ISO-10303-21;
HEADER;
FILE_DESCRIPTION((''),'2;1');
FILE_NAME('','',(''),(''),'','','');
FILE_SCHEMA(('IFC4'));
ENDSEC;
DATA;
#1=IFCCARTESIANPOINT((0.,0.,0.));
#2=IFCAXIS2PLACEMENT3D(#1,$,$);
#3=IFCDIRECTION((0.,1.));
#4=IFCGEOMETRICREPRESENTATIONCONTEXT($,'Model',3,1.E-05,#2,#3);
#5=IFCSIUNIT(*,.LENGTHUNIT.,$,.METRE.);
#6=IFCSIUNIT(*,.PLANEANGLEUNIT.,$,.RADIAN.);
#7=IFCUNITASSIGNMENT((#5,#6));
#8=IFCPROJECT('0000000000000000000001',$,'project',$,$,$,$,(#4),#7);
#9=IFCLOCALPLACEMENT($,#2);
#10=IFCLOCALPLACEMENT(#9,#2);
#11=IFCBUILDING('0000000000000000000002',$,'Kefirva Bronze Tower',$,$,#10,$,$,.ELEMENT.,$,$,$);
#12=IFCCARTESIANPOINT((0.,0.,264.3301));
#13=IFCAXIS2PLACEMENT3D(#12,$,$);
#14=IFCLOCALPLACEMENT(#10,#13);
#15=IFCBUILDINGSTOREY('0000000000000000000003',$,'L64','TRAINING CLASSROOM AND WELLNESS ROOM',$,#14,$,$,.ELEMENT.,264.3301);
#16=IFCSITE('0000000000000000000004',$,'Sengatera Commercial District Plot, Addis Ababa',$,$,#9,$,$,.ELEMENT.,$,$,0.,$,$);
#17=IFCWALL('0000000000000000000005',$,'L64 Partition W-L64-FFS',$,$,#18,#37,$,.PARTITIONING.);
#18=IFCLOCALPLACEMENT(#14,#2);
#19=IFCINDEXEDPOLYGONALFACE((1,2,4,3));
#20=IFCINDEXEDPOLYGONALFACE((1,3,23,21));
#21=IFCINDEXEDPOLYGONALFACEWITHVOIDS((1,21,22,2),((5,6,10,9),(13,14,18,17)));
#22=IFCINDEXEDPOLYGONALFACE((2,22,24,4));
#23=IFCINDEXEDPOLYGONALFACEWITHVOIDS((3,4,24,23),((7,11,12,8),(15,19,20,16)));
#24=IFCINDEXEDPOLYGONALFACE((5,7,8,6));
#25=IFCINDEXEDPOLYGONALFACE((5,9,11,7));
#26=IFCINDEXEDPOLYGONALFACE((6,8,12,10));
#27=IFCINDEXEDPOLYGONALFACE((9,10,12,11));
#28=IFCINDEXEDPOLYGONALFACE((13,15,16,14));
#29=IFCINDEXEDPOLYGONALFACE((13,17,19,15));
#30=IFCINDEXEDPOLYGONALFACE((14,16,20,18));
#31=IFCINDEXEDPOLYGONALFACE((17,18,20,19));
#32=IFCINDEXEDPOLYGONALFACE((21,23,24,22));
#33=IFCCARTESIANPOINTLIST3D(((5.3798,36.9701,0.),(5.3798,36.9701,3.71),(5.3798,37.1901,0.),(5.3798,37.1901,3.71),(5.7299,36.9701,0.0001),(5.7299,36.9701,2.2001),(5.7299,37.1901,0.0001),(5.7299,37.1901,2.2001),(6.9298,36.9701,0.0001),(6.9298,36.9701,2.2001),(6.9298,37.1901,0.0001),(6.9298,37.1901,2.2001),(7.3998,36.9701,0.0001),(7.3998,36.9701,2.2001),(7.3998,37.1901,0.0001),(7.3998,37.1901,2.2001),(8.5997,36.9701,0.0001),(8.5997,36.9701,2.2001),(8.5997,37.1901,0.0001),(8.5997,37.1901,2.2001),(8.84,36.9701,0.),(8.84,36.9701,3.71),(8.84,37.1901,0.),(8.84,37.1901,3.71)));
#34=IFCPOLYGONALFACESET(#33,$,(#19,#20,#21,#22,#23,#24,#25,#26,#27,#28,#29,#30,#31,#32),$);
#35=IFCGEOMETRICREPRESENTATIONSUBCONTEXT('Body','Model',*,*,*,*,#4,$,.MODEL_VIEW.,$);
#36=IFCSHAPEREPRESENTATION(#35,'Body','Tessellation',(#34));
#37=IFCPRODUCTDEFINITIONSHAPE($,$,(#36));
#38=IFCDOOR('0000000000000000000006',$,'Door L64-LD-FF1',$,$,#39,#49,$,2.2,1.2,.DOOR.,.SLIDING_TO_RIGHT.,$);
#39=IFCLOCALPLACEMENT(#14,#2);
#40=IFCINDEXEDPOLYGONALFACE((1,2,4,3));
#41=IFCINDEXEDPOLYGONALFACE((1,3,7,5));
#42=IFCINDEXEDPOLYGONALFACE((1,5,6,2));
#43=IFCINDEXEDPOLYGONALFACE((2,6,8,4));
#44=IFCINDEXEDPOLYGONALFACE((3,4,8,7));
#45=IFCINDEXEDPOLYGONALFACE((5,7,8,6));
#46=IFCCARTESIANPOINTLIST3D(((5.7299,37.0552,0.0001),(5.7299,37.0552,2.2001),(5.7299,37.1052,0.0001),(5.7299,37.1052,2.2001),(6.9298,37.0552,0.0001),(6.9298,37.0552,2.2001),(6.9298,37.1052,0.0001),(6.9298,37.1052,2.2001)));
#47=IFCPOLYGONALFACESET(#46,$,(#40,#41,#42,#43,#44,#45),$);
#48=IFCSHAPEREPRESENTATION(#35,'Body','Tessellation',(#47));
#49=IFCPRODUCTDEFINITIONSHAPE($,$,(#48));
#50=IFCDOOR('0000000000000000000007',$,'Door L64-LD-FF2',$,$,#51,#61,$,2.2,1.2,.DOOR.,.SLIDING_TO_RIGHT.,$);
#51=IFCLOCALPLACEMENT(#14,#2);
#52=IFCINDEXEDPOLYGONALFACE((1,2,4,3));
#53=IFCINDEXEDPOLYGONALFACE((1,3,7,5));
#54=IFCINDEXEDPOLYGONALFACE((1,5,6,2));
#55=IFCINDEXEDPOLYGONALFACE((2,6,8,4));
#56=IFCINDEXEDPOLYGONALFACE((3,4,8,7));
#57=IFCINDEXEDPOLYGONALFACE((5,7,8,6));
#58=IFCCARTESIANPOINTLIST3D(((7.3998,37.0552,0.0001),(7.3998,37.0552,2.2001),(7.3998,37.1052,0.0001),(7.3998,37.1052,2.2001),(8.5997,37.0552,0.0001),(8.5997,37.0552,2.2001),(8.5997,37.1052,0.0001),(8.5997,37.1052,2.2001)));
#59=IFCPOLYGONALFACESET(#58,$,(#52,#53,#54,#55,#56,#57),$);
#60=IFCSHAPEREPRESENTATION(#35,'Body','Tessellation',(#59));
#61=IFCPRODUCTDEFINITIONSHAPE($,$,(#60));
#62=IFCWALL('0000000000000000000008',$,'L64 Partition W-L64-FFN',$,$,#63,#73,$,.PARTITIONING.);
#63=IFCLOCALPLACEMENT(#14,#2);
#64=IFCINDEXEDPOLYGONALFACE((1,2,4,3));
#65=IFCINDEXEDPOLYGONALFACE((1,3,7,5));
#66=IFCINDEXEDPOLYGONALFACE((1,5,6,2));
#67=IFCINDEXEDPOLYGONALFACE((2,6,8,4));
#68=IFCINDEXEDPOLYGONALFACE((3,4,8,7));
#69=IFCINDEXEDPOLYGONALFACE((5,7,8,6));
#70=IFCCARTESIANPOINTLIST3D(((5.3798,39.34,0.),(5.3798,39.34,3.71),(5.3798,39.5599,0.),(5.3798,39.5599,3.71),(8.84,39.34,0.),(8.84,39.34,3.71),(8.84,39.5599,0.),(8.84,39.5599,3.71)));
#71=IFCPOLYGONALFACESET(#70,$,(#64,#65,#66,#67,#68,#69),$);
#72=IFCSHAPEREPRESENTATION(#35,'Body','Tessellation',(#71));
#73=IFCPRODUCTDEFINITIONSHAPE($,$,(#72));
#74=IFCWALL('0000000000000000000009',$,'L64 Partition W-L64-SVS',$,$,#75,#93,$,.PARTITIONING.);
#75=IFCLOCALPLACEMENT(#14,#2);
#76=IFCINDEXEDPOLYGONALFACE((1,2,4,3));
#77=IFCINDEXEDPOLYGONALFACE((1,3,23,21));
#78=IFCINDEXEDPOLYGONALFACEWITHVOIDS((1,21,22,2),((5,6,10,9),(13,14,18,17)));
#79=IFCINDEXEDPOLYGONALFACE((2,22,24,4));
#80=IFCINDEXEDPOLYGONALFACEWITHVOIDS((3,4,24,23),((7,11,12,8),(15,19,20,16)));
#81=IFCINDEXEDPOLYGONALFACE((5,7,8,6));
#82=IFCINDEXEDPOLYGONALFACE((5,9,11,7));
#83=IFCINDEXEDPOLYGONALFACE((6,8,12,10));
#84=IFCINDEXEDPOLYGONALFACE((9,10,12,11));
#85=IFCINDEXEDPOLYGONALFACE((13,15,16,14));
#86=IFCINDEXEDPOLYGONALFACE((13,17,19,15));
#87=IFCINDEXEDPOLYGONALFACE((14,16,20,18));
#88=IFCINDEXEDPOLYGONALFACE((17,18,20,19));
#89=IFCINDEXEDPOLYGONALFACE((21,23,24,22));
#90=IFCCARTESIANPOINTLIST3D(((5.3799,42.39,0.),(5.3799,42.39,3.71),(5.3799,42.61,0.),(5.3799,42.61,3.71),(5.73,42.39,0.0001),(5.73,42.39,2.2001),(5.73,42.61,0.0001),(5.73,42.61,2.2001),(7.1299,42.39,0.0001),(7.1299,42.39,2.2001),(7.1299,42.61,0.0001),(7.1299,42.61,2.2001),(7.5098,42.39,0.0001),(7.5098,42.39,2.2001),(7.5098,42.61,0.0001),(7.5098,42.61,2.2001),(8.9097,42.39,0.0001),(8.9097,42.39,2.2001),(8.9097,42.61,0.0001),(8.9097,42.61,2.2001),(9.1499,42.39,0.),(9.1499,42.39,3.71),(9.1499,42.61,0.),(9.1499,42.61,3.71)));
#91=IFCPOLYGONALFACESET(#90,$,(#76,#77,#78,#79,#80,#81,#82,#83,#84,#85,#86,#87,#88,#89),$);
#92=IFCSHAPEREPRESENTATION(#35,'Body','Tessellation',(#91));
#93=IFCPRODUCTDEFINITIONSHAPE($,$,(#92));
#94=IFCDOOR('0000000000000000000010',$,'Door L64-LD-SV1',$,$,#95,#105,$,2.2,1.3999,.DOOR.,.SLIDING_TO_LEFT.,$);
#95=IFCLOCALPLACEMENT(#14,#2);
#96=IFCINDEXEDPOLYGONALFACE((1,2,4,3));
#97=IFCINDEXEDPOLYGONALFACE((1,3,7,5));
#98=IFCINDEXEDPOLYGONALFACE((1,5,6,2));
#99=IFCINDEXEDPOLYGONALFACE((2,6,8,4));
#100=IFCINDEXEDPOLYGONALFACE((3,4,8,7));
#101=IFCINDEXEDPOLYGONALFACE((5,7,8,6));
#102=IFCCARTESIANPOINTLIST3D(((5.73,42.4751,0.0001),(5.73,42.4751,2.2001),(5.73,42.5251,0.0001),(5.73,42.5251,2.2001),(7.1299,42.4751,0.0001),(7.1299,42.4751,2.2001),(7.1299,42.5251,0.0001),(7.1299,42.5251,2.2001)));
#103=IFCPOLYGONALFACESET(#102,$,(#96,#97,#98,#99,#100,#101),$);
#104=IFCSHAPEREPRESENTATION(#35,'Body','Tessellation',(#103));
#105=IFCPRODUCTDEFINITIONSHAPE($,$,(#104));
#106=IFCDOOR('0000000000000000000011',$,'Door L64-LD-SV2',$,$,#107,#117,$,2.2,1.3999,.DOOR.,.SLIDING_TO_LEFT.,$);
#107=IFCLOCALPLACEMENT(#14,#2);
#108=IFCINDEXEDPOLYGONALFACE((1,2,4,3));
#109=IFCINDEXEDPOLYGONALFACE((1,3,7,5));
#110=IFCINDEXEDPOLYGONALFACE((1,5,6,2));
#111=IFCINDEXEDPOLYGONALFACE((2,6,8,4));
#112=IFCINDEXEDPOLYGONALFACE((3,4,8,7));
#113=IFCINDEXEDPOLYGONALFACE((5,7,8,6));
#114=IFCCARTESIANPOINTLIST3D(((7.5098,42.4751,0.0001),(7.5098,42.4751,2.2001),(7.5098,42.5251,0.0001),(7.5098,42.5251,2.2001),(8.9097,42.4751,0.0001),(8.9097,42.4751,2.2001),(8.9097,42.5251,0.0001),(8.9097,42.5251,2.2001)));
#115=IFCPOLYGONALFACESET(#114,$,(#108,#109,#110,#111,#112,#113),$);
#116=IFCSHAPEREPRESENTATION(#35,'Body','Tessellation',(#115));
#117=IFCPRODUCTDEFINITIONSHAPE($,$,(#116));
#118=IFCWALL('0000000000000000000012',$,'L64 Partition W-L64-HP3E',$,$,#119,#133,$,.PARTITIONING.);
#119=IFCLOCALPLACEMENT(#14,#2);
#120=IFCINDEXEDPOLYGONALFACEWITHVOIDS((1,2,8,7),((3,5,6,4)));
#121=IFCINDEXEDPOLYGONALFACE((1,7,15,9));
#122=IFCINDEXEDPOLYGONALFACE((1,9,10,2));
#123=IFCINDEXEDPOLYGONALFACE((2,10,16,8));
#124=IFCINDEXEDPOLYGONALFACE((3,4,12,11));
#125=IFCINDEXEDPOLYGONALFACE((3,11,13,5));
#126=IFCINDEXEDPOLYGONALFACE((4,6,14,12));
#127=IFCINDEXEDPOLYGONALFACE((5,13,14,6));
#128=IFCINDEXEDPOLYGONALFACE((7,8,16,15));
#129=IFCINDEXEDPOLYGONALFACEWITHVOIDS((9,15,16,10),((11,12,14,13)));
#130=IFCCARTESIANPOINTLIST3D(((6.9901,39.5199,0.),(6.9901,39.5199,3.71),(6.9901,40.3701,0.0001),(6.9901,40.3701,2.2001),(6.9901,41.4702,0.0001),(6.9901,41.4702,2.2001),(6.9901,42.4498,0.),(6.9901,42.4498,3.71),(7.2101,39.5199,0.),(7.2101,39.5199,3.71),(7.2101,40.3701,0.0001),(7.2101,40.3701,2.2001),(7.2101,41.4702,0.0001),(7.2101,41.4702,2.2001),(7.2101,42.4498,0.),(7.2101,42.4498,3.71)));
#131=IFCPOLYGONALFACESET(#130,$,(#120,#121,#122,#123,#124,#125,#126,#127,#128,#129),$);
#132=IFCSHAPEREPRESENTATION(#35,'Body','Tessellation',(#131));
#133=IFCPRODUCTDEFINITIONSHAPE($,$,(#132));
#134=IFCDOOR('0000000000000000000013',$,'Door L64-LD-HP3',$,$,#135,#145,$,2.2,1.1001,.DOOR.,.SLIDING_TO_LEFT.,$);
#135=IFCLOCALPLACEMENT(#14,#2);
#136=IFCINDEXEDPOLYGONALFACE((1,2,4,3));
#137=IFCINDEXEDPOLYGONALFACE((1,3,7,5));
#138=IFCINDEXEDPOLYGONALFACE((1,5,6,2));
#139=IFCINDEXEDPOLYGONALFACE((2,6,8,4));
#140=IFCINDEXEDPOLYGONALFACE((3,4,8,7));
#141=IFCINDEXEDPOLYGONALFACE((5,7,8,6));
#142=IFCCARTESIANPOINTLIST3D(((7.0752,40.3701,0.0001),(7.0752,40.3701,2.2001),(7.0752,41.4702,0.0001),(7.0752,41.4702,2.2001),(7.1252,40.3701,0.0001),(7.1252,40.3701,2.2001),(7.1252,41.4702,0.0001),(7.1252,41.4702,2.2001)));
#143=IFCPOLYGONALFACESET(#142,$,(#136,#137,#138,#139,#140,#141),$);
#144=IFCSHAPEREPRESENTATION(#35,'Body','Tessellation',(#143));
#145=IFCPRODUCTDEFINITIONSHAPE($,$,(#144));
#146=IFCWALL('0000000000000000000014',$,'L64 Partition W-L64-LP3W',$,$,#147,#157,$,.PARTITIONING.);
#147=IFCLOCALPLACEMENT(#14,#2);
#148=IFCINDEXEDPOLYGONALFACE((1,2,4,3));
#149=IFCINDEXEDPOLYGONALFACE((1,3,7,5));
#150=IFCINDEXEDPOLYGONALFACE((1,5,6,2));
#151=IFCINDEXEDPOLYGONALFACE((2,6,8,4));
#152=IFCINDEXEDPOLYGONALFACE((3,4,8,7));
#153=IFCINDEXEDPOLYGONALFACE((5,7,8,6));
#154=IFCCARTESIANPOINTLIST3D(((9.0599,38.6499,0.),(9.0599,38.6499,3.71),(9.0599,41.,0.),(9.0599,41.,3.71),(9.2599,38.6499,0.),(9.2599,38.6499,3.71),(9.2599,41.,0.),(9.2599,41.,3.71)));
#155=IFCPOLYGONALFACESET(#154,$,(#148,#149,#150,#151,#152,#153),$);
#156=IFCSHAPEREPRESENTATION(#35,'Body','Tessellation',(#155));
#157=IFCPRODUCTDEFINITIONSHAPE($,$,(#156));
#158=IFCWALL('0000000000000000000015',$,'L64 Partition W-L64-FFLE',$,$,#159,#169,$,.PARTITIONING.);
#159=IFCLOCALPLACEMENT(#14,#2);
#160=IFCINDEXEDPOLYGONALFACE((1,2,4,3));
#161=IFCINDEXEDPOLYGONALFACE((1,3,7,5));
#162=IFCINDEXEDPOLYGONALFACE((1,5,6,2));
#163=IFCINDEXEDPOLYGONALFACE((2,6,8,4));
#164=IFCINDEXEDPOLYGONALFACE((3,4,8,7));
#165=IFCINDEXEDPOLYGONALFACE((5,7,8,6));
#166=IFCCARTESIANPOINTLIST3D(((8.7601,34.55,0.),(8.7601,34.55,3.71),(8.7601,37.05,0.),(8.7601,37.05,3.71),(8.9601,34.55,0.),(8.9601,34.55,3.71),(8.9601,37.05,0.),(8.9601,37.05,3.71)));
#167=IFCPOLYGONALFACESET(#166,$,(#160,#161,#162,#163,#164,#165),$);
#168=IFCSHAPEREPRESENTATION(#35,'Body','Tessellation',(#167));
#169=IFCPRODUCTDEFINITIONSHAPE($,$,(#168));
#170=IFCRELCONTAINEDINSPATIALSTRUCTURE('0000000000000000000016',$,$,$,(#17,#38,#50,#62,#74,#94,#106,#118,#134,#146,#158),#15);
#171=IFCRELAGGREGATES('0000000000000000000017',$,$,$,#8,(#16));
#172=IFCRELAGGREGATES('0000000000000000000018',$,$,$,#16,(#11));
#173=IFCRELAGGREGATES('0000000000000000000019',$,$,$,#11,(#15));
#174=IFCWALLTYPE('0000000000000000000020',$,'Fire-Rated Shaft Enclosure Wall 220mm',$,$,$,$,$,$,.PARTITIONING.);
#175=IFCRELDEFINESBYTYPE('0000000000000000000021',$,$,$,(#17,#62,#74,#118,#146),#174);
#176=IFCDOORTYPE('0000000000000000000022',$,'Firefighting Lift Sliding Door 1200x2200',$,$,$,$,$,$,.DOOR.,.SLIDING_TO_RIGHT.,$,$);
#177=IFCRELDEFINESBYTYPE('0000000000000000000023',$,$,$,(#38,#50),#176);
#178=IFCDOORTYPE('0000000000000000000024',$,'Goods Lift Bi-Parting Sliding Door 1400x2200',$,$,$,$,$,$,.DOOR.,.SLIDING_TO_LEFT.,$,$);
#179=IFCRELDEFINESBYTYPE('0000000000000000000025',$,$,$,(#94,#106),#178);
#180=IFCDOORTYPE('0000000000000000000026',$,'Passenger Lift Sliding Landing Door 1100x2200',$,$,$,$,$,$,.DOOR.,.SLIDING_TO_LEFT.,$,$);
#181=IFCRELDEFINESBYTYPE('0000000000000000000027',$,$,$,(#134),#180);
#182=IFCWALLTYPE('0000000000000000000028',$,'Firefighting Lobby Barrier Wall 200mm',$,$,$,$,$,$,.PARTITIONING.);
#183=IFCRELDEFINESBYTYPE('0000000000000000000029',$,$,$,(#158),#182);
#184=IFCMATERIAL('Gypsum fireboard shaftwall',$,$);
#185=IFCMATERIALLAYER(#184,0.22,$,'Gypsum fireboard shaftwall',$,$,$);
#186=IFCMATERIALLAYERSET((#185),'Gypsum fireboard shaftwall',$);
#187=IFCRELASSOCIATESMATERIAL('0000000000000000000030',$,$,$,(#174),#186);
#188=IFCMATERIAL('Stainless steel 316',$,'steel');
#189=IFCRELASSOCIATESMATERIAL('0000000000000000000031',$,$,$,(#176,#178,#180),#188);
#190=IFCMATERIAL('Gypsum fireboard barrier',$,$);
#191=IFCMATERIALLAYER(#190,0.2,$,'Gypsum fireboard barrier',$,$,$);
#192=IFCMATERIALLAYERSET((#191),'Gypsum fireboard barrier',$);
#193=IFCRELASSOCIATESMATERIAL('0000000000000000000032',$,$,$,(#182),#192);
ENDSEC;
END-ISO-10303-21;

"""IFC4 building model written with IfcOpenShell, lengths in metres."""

from ifc_helpers import new_model, si_unit, direction, frame, frame_2d, origin, place, context, subcontext, project, spatial, rectangle, extrude, material, layer, layer_set, type_object, element, fill, save


model = new_model("IFC4")

# Units and contexts
model_context = context("Model", 3, precision=1e-05, world=origin(), true_north=direction((0.0, 1.0)))
body_context = subcontext(model_context, "Body", "Model", "MODEL_VIEW")
ifc_project = project(units=[si_unit("LENGTHUNIT", "METRE"), si_unit("PLANEANGLEUNIT", "RADIAN")], contexts=[model_context])

# Site, building, storey
site_placement = place(None, origin())
site = spatial("IfcSite", under=ifc_project, at=site_placement, Name="Sengatera Commercial District Plot, Addis Ababa", CompositionType="ELEMENT", RefElevation=0.0)
building_placement = place(site_placement, origin())
building = spatial("IfcBuilding", under=site, at=building_placement, Name="Kefirva Bronze Tower", CompositionType="ELEMENT")
storey_placement = place(building_placement, frame((0.0, 0.0, 264.3301)))
storey = spatial("IfcBuildingStorey", under=building, at=storey_placement, Name="L64", Description="TRAINING CLASSROOM AND WELLNESS ROOM", CompositionType="ELEMENT", Elevation=264.3301)

# Wall, openings, doors
ifc_material_1 = material(Name="Gypsum fireboard shaftwall")
ifc_layer_1 = layer(ifc_material_1, 0.22, Name="Gypsum fireboard shaftwall")
ifc_layer_set_1 = layer_set([ifc_layer_1], Name="Gypsum fireboard shaftwall")
wall_type_1 = type_object("IfcWallType", Name="Fire-Rated Shaft Enclosure Wall 220mm", PredefinedType="PARTITIONING", material=ifc_layer_set_1)
wall_1_placement = place(storey_placement, frame((5.3799, 37.0801, 0.0), z_axis=(0.0, 0.0, 1.0), x_axis=(1.0, 0.0, 0.0)))
wall_1 = element("IfcWall", 1, at=wall_1_placement, inside=storey, type_object=wall_type_1, Name="L64 Partition W-L64-FFS", PredefinedType="PARTITIONING", context=body_context, shape_type="SweptSolid", body=[
    extrude(rectangle(XDim=3.4602, YDim=0.22, at=frame_2d((1.73, 0.0))), origin(), (0.0, 0.0, 1.0), 3.71),
])
opening_1_placement = place(wall_1_placement, frame((1.55, 0.0, 0.0), z_axis=(0.0, 0.0, 1.0), x_axis=(-1.0, 0.0, 0.0)))
opening_1 = element("IfcOpeningElement", 2, at=opening_1_placement, cuts=wall_1, PredefinedType="OPENING", context=body_context, shape_type="SweptSolid", body=[
    extrude(rectangle(XDim=1.2, YDim=2.2, at=frame_2d((0.6001, 1.1001))), frame((0.0, 0.1201, 0.0), z_axis=(0.0, -1.0, 0.0), x_axis=(1.0, 0.0, 0.0)), (0.0, 0.0, 1.0), 0.24),
])
opening_2_placement = place(wall_1_placement, frame((3.22, 0.0, 0.0), z_axis=(0.0, 0.0, 1.0), x_axis=(-1.0, 0.0, 0.0)))
opening_2 = element("IfcOpeningElement", 3, at=opening_2_placement, cuts=wall_1, PredefinedType="OPENING", context=body_context, shape_type="SweptSolid", body=[
    extrude(rectangle(XDim=1.2, YDim=2.2, at=frame_2d((0.6001, 1.1001))), frame((0.0, 0.1201, 0.0), z_axis=(0.0, -1.0, 0.0), x_axis=(1.0, 0.0, 0.0)), (0.0, 0.0, 1.0), 0.24),
])
ifc_material_2 = material(Name="Stainless steel 316", Category="steel")
door_type_1 = type_object("IfcDoorType", Name="Firefighting Lift Sliding Door 1200x2200", OperationType="SLIDING_TO_RIGHT", PredefinedType="DOOR", material=ifc_material_2)
door_1_placement = place(opening_1_placement, origin())
door_1 = element("IfcDoor", 4, at=door_1_placement, inside=storey, type_object=door_type_1, Name="Door L64-LD-FF1", OperationType="SLIDING_TO_RIGHT", OverallHeight=2.2, OverallWidth=1.2, PredefinedType="DOOR", context=body_context, shape_type="SweptSolid", body=[
    extrude(rectangle(XDim=1.2, YDim=2.2, at=frame_2d((0.6001, 1.1001))), frame((0.0, 0.0249, 0.0), z_axis=(0.0, -1.0, 0.0), x_axis=(1.0, 0.0, 0.0)), (0.0, 0.0, 1.0), 0.05),
])
fill(opening_1, door_1)
door_2_placement = place(opening_2_placement, origin())
door_2 = element("IfcDoor", 5, at=door_2_placement, inside=storey, type_object=door_type_1, Name="Door L64-LD-FF2", OperationType="SLIDING_TO_RIGHT", OverallHeight=2.2, OverallWidth=1.2, PredefinedType="DOOR", context=body_context, shape_type="SweptSolid", body=[
    extrude(rectangle(XDim=1.2, YDim=2.2, at=frame_2d((0.6001, 1.1001))), frame((0.0, 0.0249, 0.0), z_axis=(0.0, -1.0, 0.0), x_axis=(1.0, 0.0, 0.0)), (0.0, 0.0, 1.0), 0.05),
])
fill(opening_2, door_2)

# Wall
wall_2_placement = place(storey_placement, frame((5.3799, 39.45, 0.0), z_axis=(0.0, 0.0, 1.0), x_axis=(1.0, 0.0, 0.0)))
element("IfcWall", 6, at=wall_2_placement, inside=storey, type_object=wall_type_1, Name="L64 Partition W-L64-FFN", PredefinedType="PARTITIONING", context=body_context, shape_type="SweptSolid", body=[
    extrude(rectangle(XDim=3.4602, YDim=0.22, at=frame_2d((1.73, 0.0))), origin(), (0.0, 0.0, 1.0), 3.71),
])

# Wall, openings, doors
wall_3_placement = place(storey_placement, frame((5.3799, 42.5, 0.0), z_axis=(0.0, 0.0, 1.0), x_axis=(1.0, 0.0, 0.0)))
wall_3 = element("IfcWall", 7, at=wall_3_placement, inside=storey, type_object=wall_type_1, Name="L64 Partition W-L64-SVS", PredefinedType="PARTITIONING", context=body_context, shape_type="SweptSolid", body=[
    extrude(rectangle(XDim=3.77, YDim=0.22, at=frame_2d((1.885, 0.0))), origin(), (0.0, 0.0, 1.0), 3.71),
])
opening_3_placement = place(wall_3_placement, frame((1.75, 0.0, 0.0), z_axis=(0.0, 0.0, 1.0), x_axis=(-1.0, 0.0, 0.0)))
opening_3 = element("IfcOpeningElement", 8, at=opening_3_placement, cuts=wall_3, PredefinedType="OPENING", context=body_context, shape_type="SweptSolid", body=[
    extrude(rectangle(XDim=1.3999, YDim=2.2, at=frame_2d((0.7, 1.1001))), frame((0.0, 0.1201, 0.0), z_axis=(0.0, -1.0, 0.0), x_axis=(1.0, 0.0, 0.0)), (0.0, 0.0, 1.0), 0.24),
])
opening_4_placement = place(wall_3_placement, frame((3.5298, 0.0, 0.0), z_axis=(0.0, 0.0, 1.0), x_axis=(-1.0, 0.0, 0.0)))
opening_4 = element("IfcOpeningElement", 9, at=opening_4_placement, cuts=wall_3, PredefinedType="OPENING", context=body_context, shape_type="SweptSolid", body=[
    extrude(rectangle(XDim=1.3999, YDim=2.2, at=frame_2d((0.7, 1.1001))), frame((0.0, 0.1201, 0.0), z_axis=(0.0, -1.0, 0.0), x_axis=(1.0, 0.0, 0.0)), (0.0, 0.0, 1.0), 0.24),
])
door_type_2 = type_object("IfcDoorType", Name="Goods Lift Bi-Parting Sliding Door 1400x2200", OperationType="SLIDING_TO_LEFT", PredefinedType="DOOR", material=ifc_material_2)
door_3_placement = place(opening_3_placement, origin())
door_3 = element("IfcDoor", 10, at=door_3_placement, inside=storey, type_object=door_type_2, Name="Door L64-LD-SV1", OperationType="SLIDING_TO_LEFT", OverallHeight=2.2, OverallWidth=1.3999, PredefinedType="DOOR", context=body_context, shape_type="SweptSolid", body=[
    extrude(rectangle(XDim=1.3999, YDim=2.2, at=frame_2d((0.7, 1.1001))), frame((0.0, 0.0249, 0.0), z_axis=(0.0, -1.0, 0.0), x_axis=(1.0, 0.0, 0.0)), (0.0, 0.0, 1.0), 0.05),
])
fill(opening_3, door_3)
door_4_placement = place(opening_4_placement, origin())
door_4 = element("IfcDoor", 11, at=door_4_placement, inside=storey, type_object=door_type_2, Name="Door L64-LD-SV2", OperationType="SLIDING_TO_LEFT", OverallHeight=2.2, OverallWidth=1.3999, PredefinedType="DOOR", context=body_context, shape_type="SweptSolid", body=[
    extrude(rectangle(XDim=1.3999, YDim=2.2, at=frame_2d((0.7, 1.1001))), frame((0.0, 0.0249, 0.0), z_axis=(0.0, -1.0, 0.0), x_axis=(1.0, 0.0, 0.0)), (0.0, 0.0, 1.0), 0.05),
])
fill(opening_4, door_4)

# Wall, opening, door
wall_4_placement = place(storey_placement, frame((7.1001, 39.52, 0.0), z_axis=(0.0, 0.0, 1.0), x_axis=(0.0, 1.0, 0.0)))
wall_4 = element("IfcWall", 12, at=wall_4_placement, inside=storey, type_object=wall_type_1, Name="L64 Partition W-L64-HP3E", PredefinedType="PARTITIONING", context=body_context, shape_type="SweptSolid", body=[
    extrude(rectangle(XDim=2.9299, YDim=0.22, at=frame_2d((1.4648, 0.0))), origin(), (0.0, 0.0, 1.0), 3.71),
])
opening_5_placement = place(wall_4_placement, frame((0.8501, 0.0, 0.0)))
opening_5 = element("IfcOpeningElement", 13, at=opening_5_placement, cuts=wall_4, PredefinedType="OPENING", context=body_context, shape_type="SweptSolid", body=[
    extrude(rectangle(XDim=1.1001, YDim=2.2, at=frame_2d((0.55, 1.1001))), frame((0.0, 0.1201, 0.0), z_axis=(0.0, -1.0, 0.0), x_axis=(1.0, 0.0, 0.0)), (0.0, 0.0, 1.0), 0.24),
])
door_type_3 = type_object("IfcDoorType", Name="Passenger Lift Sliding Landing Door 1100x2200", OperationType="SLIDING_TO_LEFT", PredefinedType="DOOR", material=ifc_material_2)
door_5_placement = place(opening_5_placement, origin())
door_5 = element("IfcDoor", 14, at=door_5_placement, inside=storey, type_object=door_type_3, Name="Door L64-LD-HP3", OperationType="SLIDING_TO_LEFT", OverallHeight=2.2, OverallWidth=1.1001, PredefinedType="DOOR", context=body_context, shape_type="SweptSolid", body=[
    extrude(rectangle(XDim=1.1001, YDim=2.2, at=frame_2d((0.55, 1.1001))), frame((0.0, 0.0249, 0.0), z_axis=(0.0, -1.0, 0.0), x_axis=(1.0, 0.0, 0.0)), (0.0, 0.0, 1.0), 0.05),
])
fill(opening_5, door_5)

# Walls
wall_5_placement = place(storey_placement, frame((9.1599, 38.6499, 0.0), z_axis=(0.0, 0.0, 1.0), x_axis=(0.0, 1.0, 0.0)))
element("IfcWall", 15, at=wall_5_placement, inside=storey, type_object=wall_type_1, Name="L64 Partition W-L64-LP3W", PredefinedType="PARTITIONING", context=body_context, shape_type="SweptSolid", body=[
    extrude(rectangle(XDim=2.3501, YDim=0.2, at=frame_2d((1.175, 0.0))), origin(), (0.0, 0.0, 1.0), 3.71),
])
ifc_material_3 = material(Name="Gypsum fireboard barrier")
ifc_layer_2 = layer(ifc_material_3, 0.2, Name="Gypsum fireboard barrier")
ifc_layer_set_2 = layer_set([ifc_layer_2], Name="Gypsum fireboard barrier")
wall_type_2 = type_object("IfcWallType", Name="Firefighting Lobby Barrier Wall 200mm", PredefinedType="PARTITIONING", material=ifc_layer_set_2)
wall_6_placement = place(storey_placement, frame((8.8601, 34.55, 0.0), z_axis=(0.0, 0.0, 1.0), x_axis=(0.0, 1.0, 0.0)))
element("IfcWall", 16, at=wall_6_placement, inside=storey, type_object=wall_type_2, Name="L64 Partition W-L64-FFLE", PredefinedType="PARTITIONING", context=body_context, shape_type="SweptSolid", body=[
    extrude(rectangle(XDim=2.5, YDim=0.2, at=frame_2d((1.25, 0.0))), origin(), (0.0, 0.0, 1.0), 3.71),
])

save(model, "model.ifc")
